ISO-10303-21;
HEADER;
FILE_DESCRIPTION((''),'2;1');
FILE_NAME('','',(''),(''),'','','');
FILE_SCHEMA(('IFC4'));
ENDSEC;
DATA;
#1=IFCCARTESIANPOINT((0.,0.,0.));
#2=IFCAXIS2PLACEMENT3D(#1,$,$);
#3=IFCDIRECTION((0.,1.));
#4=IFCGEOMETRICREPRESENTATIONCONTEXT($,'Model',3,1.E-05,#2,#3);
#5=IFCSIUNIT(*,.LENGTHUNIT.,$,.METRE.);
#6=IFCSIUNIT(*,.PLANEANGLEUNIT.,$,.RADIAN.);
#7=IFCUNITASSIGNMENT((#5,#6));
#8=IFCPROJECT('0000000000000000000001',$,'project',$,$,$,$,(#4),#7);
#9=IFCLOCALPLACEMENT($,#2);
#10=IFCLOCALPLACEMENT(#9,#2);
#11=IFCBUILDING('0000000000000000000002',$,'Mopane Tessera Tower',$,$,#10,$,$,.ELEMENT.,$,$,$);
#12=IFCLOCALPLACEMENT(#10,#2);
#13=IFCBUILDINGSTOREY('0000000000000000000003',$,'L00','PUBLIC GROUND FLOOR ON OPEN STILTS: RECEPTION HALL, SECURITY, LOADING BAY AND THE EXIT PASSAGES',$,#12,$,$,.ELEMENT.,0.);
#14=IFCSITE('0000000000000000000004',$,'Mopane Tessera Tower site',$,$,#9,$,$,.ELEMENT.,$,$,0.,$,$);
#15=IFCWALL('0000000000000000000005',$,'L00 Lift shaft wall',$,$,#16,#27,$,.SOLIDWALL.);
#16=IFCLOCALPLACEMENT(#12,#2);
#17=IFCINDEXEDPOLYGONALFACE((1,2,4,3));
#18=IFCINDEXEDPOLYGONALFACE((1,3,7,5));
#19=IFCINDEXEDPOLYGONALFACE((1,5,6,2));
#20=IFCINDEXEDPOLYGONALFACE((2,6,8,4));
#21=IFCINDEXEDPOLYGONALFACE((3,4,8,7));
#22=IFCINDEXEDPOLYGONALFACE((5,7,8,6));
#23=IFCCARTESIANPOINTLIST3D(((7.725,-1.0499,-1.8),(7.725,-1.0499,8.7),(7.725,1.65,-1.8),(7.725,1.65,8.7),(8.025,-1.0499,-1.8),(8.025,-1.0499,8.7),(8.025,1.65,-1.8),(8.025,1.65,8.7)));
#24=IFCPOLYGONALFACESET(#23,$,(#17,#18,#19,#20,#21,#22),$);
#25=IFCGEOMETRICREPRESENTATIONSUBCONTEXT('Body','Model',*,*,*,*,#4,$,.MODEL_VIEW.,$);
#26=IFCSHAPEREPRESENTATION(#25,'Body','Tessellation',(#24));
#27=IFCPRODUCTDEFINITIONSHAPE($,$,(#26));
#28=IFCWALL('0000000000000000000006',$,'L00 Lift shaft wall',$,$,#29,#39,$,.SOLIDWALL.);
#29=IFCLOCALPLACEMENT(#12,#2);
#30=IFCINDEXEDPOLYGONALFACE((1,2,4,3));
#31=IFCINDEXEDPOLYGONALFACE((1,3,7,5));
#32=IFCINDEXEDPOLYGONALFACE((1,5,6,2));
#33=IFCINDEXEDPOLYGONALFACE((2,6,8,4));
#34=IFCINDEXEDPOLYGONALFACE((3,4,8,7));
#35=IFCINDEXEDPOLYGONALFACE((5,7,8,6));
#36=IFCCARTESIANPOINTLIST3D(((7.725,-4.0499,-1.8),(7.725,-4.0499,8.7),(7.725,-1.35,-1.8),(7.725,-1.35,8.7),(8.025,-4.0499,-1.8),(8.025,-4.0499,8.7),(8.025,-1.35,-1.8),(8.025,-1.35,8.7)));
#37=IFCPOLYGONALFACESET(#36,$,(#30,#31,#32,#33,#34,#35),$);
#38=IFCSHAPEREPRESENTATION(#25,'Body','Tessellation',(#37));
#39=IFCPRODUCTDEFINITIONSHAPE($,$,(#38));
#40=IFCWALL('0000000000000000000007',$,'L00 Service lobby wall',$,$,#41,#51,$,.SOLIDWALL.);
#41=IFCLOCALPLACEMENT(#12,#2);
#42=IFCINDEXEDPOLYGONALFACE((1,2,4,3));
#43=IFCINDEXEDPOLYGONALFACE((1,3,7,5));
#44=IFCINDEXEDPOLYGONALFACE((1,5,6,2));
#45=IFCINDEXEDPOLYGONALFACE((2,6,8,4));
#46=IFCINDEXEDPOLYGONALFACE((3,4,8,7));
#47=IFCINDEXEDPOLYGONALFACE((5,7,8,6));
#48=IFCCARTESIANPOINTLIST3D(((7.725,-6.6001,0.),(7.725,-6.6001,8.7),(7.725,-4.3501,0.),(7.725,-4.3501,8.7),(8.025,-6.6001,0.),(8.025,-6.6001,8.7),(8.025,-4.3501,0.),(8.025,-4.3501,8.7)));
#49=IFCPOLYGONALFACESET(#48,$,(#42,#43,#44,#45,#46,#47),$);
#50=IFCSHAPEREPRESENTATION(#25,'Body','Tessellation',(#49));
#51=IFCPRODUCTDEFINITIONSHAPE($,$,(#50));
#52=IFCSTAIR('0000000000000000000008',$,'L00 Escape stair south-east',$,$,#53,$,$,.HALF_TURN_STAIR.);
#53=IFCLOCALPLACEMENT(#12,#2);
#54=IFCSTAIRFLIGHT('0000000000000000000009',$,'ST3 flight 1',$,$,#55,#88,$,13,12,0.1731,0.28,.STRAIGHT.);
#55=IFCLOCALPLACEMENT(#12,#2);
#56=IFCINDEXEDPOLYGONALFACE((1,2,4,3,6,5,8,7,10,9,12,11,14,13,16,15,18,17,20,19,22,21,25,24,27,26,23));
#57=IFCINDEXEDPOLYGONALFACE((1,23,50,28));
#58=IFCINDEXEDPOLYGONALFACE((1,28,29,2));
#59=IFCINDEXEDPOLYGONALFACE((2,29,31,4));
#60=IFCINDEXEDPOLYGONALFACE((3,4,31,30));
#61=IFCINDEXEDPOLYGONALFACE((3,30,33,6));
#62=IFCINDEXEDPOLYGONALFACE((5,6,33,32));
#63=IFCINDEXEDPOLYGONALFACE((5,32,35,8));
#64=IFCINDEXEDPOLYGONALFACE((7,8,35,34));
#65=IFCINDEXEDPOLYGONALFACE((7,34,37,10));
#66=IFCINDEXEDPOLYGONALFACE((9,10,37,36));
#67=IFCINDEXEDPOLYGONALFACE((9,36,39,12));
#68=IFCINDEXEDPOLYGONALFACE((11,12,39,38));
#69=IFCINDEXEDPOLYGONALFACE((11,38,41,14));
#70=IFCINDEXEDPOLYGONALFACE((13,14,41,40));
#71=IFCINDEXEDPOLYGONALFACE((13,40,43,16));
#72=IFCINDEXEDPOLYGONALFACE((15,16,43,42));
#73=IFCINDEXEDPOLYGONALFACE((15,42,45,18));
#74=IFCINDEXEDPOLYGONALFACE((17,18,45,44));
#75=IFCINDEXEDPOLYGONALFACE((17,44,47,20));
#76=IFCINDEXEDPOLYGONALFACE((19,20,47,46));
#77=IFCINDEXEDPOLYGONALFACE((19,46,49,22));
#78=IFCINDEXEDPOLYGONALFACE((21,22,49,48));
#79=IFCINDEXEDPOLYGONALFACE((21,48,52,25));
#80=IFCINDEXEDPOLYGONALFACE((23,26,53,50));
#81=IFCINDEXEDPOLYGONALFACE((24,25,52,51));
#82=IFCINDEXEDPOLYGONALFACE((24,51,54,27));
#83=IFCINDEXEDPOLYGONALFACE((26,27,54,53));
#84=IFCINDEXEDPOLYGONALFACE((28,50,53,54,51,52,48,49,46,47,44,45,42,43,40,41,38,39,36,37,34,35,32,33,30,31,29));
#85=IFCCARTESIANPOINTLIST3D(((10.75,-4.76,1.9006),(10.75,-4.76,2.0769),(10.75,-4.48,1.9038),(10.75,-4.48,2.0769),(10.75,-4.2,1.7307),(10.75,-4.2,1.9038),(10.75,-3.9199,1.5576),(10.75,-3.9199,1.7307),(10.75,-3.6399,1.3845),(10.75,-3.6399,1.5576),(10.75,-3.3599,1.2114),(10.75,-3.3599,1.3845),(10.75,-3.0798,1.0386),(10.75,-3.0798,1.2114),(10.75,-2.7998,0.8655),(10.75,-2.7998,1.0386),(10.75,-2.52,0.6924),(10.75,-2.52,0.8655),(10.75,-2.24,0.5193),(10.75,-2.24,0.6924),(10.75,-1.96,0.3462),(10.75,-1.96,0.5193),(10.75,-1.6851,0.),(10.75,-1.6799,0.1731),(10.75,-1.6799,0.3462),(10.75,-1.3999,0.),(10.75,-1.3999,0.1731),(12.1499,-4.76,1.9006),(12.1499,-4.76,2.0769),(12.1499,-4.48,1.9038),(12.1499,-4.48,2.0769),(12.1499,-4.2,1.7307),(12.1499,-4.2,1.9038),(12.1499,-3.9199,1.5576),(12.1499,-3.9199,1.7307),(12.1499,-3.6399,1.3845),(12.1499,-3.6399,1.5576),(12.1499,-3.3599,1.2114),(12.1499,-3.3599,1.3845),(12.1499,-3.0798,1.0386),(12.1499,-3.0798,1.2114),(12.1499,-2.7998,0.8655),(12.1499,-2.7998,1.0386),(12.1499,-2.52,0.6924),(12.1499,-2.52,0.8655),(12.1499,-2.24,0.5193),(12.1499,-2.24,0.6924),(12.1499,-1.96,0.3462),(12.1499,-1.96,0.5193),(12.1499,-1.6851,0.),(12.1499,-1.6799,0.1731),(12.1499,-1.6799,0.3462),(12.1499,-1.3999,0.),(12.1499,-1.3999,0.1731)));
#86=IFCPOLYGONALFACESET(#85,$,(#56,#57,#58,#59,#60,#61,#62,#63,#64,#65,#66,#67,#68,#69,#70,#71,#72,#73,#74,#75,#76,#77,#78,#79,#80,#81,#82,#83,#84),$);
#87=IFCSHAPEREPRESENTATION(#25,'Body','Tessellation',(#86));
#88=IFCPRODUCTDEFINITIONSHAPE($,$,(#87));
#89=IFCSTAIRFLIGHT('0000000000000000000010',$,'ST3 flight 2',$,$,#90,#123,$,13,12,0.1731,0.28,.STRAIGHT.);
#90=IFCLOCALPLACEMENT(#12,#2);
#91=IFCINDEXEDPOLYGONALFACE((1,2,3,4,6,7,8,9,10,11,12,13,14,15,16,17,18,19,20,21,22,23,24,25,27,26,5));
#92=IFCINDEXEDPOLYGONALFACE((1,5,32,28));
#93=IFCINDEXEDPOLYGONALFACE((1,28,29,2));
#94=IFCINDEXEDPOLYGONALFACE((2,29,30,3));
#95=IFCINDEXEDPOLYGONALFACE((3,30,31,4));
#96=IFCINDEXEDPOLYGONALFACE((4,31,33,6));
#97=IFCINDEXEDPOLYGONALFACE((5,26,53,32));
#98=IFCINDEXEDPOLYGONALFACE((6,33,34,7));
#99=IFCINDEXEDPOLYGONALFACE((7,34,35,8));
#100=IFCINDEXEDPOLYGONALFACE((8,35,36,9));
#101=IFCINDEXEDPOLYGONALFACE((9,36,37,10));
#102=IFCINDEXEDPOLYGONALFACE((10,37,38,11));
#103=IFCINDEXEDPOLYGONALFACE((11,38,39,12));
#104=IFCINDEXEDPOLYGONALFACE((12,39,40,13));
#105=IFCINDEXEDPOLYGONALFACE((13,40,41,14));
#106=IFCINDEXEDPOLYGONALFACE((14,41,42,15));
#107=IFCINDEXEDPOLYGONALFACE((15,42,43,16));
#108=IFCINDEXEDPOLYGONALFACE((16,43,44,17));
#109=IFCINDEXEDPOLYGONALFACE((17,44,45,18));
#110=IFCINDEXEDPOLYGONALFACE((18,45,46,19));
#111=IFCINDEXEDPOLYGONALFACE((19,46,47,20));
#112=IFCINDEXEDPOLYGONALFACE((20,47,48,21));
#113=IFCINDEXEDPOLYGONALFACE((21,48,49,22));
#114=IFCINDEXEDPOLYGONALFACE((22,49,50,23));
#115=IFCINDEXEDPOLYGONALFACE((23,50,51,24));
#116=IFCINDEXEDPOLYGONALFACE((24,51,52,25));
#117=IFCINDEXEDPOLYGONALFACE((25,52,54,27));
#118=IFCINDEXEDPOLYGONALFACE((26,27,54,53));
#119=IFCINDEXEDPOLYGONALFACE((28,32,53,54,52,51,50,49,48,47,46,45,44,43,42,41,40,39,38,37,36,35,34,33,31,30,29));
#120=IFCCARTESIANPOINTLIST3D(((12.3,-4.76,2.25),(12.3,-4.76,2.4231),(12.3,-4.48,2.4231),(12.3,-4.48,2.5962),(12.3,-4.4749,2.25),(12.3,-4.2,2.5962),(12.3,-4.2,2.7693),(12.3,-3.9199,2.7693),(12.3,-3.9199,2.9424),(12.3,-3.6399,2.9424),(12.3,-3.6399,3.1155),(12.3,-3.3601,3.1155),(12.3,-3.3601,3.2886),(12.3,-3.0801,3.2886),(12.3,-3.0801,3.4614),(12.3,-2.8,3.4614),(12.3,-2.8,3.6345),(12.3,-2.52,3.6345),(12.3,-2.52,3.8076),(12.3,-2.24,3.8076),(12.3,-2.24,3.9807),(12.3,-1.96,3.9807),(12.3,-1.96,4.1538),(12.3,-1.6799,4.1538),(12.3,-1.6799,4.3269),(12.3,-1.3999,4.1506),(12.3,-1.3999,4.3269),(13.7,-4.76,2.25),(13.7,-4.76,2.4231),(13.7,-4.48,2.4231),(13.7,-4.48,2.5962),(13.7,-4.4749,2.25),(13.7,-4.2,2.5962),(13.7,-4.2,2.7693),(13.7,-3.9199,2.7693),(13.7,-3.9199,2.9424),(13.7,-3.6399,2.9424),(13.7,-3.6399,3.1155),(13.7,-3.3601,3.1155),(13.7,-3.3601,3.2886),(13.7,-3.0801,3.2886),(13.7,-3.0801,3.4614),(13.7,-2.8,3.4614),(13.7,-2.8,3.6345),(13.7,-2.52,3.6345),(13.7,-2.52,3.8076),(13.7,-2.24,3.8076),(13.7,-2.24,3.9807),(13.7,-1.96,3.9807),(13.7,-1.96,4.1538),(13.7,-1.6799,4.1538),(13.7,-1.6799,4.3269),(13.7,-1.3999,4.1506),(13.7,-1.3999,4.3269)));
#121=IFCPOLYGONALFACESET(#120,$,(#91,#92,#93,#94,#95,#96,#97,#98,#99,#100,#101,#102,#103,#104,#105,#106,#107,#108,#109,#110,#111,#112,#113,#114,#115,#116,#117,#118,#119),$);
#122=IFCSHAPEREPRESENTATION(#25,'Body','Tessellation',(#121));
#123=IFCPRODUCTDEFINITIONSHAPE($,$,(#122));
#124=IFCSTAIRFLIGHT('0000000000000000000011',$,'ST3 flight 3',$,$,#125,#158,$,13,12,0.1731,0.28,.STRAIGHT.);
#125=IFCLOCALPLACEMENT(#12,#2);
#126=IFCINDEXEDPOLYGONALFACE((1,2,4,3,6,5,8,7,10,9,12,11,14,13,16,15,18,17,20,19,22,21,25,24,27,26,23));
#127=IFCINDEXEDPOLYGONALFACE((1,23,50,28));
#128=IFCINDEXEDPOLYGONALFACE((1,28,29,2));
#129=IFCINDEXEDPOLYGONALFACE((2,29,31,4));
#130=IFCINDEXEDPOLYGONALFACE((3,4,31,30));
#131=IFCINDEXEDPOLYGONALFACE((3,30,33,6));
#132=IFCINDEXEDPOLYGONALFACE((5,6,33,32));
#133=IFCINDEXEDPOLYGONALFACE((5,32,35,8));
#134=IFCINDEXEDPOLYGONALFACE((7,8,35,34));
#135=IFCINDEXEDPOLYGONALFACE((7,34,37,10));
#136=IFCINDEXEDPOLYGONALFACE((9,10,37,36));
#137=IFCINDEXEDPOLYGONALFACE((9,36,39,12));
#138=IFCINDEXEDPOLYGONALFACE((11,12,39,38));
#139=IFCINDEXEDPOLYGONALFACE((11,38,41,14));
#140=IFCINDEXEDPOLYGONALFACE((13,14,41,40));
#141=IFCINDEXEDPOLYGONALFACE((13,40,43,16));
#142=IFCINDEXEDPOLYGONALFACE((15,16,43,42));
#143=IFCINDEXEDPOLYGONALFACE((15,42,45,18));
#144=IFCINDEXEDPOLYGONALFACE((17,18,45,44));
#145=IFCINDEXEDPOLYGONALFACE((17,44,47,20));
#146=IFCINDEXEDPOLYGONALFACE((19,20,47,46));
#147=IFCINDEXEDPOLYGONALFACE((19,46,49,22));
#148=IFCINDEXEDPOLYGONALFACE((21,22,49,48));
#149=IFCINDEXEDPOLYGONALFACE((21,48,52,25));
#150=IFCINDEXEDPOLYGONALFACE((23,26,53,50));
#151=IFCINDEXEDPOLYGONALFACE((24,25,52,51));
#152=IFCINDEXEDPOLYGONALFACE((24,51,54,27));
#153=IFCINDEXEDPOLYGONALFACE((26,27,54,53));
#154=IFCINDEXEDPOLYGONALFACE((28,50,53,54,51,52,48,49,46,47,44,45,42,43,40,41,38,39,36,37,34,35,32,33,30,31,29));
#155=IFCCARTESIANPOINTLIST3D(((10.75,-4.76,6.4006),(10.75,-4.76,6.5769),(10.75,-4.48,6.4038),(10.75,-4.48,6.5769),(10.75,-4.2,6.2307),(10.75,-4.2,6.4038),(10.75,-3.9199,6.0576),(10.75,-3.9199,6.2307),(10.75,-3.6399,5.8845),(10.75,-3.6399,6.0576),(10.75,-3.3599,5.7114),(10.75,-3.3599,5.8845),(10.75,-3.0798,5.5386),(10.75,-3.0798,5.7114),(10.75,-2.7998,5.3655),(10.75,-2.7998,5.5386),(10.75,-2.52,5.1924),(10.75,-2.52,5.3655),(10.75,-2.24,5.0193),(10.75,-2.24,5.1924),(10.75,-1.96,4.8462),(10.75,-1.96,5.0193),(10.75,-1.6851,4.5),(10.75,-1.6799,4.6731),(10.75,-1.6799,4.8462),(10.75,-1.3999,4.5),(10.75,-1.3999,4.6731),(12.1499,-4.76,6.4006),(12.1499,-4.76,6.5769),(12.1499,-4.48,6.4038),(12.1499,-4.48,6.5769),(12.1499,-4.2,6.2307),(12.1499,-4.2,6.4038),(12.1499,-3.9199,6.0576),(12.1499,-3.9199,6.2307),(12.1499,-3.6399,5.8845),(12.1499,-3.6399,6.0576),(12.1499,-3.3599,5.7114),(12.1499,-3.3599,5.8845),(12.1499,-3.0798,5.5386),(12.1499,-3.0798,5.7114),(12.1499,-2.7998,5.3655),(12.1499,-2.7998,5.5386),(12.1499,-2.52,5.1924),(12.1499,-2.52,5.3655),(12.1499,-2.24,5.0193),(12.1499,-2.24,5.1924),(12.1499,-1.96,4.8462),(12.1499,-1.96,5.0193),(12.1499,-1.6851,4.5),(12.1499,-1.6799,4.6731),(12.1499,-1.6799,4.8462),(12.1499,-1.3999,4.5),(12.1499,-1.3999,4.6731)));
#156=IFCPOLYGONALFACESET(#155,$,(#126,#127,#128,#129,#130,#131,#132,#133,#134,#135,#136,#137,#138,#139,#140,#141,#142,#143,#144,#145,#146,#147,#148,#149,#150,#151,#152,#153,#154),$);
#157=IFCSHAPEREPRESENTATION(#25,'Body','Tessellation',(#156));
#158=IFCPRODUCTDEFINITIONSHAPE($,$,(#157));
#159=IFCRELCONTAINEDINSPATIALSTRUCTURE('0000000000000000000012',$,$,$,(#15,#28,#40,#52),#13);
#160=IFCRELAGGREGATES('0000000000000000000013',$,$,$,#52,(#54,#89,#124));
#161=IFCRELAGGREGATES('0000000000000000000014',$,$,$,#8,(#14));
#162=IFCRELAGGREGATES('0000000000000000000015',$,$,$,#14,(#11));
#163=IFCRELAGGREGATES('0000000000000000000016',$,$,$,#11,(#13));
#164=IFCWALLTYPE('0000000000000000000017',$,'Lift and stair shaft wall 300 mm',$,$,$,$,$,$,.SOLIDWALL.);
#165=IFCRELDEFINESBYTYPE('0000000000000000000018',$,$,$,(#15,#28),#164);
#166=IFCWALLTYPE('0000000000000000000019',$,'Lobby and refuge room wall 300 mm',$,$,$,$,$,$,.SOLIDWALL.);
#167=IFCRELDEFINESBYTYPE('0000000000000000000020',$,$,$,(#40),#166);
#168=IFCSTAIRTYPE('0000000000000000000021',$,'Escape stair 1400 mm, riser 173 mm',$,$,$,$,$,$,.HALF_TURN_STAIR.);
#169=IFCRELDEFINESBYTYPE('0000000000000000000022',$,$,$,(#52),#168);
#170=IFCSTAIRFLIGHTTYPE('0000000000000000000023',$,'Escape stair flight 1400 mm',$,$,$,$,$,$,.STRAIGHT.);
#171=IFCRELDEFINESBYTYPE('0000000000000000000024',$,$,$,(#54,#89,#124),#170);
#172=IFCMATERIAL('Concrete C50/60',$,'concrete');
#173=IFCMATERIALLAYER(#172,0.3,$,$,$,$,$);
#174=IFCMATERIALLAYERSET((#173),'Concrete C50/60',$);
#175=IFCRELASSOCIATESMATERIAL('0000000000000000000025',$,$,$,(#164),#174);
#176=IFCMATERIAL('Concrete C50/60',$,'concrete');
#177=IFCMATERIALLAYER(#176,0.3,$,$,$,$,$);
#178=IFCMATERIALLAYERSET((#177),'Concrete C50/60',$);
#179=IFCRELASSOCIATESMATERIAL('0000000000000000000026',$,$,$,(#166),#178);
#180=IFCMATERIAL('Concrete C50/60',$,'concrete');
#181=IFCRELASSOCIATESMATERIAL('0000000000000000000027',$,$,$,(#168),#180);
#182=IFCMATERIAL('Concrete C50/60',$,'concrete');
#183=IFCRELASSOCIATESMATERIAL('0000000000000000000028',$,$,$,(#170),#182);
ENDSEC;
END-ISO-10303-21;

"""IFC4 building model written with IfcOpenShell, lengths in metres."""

from ifc_helpers import new_model, si_unit, direction, frame, frame_2d, origin, place, context, subcontext, project, spatial, polyline, rectangle, outline, extrude, material, layer, layer_set, type_object, element, aggregate, save


model = new_model("IFC4")

# Units and contexts
model_context = context("Model", 3, precision=1e-05, world=origin(), true_north=direction((0.0, 1.0)))
body_context = subcontext(model_context, "Body", "Model", "MODEL_VIEW")
ifc_project = project(units=[si_unit("LENGTHUNIT", "METRE"), si_unit("PLANEANGLEUNIT", "RADIAN")], contexts=[model_context])

# Site, building, storey
site_placement = place(None, origin())
site = spatial("IfcSite", under=ifc_project, at=site_placement, Name="Mopane Tessera Tower site", CompositionType="ELEMENT", RefElevation=0.0)
building_placement = place(site_placement, origin())
building = spatial("IfcBuilding", under=site, at=building_placement, Name="Mopane Tessera Tower", CompositionType="ELEMENT")
storey_placement = place(building_placement, origin())
storey = spatial("IfcBuildingStorey", under=building, at=storey_placement, Name="L00", Description="PUBLIC GROUND FLOOR ON OPEN STILTS: RECEPTION HALL, SECURITY, LOADING BAY AND THE EXIT PASSAGES", CompositionType="ELEMENT", Elevation=0.0)

# Walls
ifc_material_1 = material(Name="Concrete C50/60", Category="concrete")
ifc_layer_1 = layer(ifc_material_1, 0.3)
ifc_layer_set_1 = layer_set([ifc_layer_1], Name="Concrete C50/60")
wall_type_1 = type_object("IfcWallType", Name="Lift and stair shaft wall 300 mm", PredefinedType="SOLIDWALL", material=ifc_layer_set_1)
for number, where, z_axis, x_axis, name in (
    (1, (7.875, -1.05, -1.8), (0.0, 0.0, 1.0), (0.0, 1.0, 0.0), "L00 Lift shaft wall"),
    (2, (7.875, -4.05, -1.8), (0.0, 0.0, 1.0), (0.0, 1.0, 0.0), "L00 Lift shaft wall"),
):
    element("IfcWall", number, at=place(storey_placement, frame(where, z_axis=z_axis, x_axis=x_axis)), inside=storey, type_object=wall_type_1, Name=name, PredefinedType="SOLIDWALL", context=body_context, shape_type="SweptSolid", body=[
        extrude(rectangle(XDim=2.7, YDim=0.3, at=frame_2d((1.3501, 0.0))), origin(), (0.0, 0.0, 1.0), 10.5),
    ])
ifc_material_2 = material(Name="Concrete C50/60", Category="concrete")
ifc_layer_2 = layer(ifc_material_2, 0.3)
ifc_layer_set_2 = layer_set([ifc_layer_2], Name="Concrete C50/60")
wall_type_2 = type_object("IfcWallType", Name="Lobby and refuge room wall 300 mm", PredefinedType="SOLIDWALL", material=ifc_layer_set_2)
wall_1_placement = place(storey_placement, frame((7.875, -6.6001, 0.0), z_axis=(0.0, 0.0, 1.0), x_axis=(0.0, 1.0, 0.0)))
element("IfcWall", 3, at=wall_1_placement, inside=storey, type_object=wall_type_2, Name="L00 Service lobby wall", PredefinedType="SOLIDWALL", context=body_context, shape_type="SweptSolid", body=[
    extrude(rectangle(XDim=2.25, YDim=0.3, at=frame_2d((1.125, 0.0))), origin(), (0.0, 0.0, 1.0), 8.7),
])

# Stair, stair flights
ifc_material_3 = material(Name="Concrete C50/60", Category="concrete")
stair_type = type_object("IfcStairType", Name="Escape stair 1400 mm, riser 173 mm", PredefinedType="HALF_TURN_STAIR", material=ifc_material_3)
stair_placement = place(storey_placement, origin())
stair = element("IfcStair", 4, at=stair_placement, inside=storey, type_object=stair_type, Name="L00 Escape stair south-east", PredefinedType="HALF_TURN_STAIR")
ifc_material_4 = material(Name="Concrete C50/60", Category="concrete")
stair_flight_type = type_object("IfcStairFlightType", Name="Escape stair flight 1400 mm", PredefinedType="STRAIGHT", material=ifc_material_4)
stair_flight_1_placement = place(storey_placement, frame((11.45, -1.3999, 0.0), z_axis=(0.0, 0.0, 1.0), x_axis=(0.0, -1.0, 0.0)))
stair_flight_1 = element("IfcStairFlight", 5, at=stair_flight_1_placement, type_object=stair_flight_type, Name="ST3 flight 1", NumberOfRisers=13, NumberOfTreads=12, PredefinedType="STRAIGHT", RiserHeight=0.1731, TreadLength=0.28, context=body_context, shape_type="SweptSolid", body=[
    extrude(outline(polyline([(0.0, 0.0), (0.0, 0.1731), (0.28, 0.1731), (0.28, 0.3462), (0.5601, 0.3462), (0.5601, 0.5193), (0.8401, 0.5193), (0.8401, 0.6924), (1.1201, 0.6924), (1.1201, 0.8655), (1.3999, 0.8655), (1.3999, 1.0386), (1.6799, 1.0386), (1.6799, 1.2114), (1.96, 1.2114), (1.96, 1.3845), (2.24, 1.3845), (2.24, 1.5576), (2.52, 1.5576), (2.52, 1.7307), (2.8, 1.7307), (2.8, 1.9038), (3.0801, 1.9038), (3.0801, 2.0769), (3.3601, 2.0769), (3.3601, 2.25), (3.3601, 1.9006), (0.2852, 0.0), (0.0, 0.0)])), frame((0.0, 0.7, 0.0), z_axis=(0.0, -1.0, 0.0), x_axis=(1.0, 0.0, 0.0)), (0.0, 0.0, 1.0), 1.3999),
])
stair_flight_2_placement = place(storey_placement, frame((13.0, -4.76, 2.25), z_axis=(0.0, 0.0, 1.0), x_axis=(0.0, 1.0, 0.0)))
stair_flight_2 = element("IfcStairFlight", 6, at=stair_flight_2_placement, type_object=stair_flight_type, Name="ST3 flight 2", NumberOfRisers=13, NumberOfTreads=12, PredefinedType="STRAIGHT", RiserHeight=0.1731, TreadLength=0.28, context=body_context, shape_type="SweptSolid", body=[
    extrude(outline(polyline([(0.0, 0.0), (0.0, 0.1731), (0.28, 0.1731), (0.28, 0.3462), (0.5601, 0.3462), (0.5601, 0.5193), (0.8401, 0.5193), (0.8401, 0.6924), (1.1201, 0.6924), (1.1201, 0.8655), (1.3999, 0.8655), (1.3999, 1.0386), (1.6799, 1.0386), (1.6799, 1.2114), (1.96, 1.2114), (1.96, 1.3845), (2.24, 1.3845), (2.24, 1.5576), (2.52, 1.5576), (2.52, 1.7307), (2.8, 1.7307), (2.8, 1.9038), (3.0801, 1.9038), (3.0801, 2.0769), (3.3601, 2.0769), (3.3601, 2.25), (3.3601, 1.9006), (0.2852, 0.0), (0.0, 0.0)])), frame((0.0, 0.7, 0.0), z_axis=(0.0, -1.0, 0.0), x_axis=(1.0, 0.0, 0.0)), (0.0, 0.0, 1.0), 1.3999),
])
stair_flight_3_placement = place(storey_placement, frame((11.45, -1.3999, 4.5), z_axis=(0.0, 0.0, 1.0), x_axis=(0.0, -1.0, 0.0)))
stair_flight_3 = element("IfcStairFlight", 7, at=stair_flight_3_placement, type_object=stair_flight_type, Name="ST3 flight 3", NumberOfRisers=13, NumberOfTreads=12, PredefinedType="STRAIGHT", RiserHeight=0.1731, TreadLength=0.28, context=body_context, shape_type="SweptSolid", body=[
    extrude(outline(polyline([(0.0, 0.0), (0.0, 0.1731), (0.28, 0.1731), (0.28, 0.3462), (0.5601, 0.3462), (0.5601, 0.5193), (0.8401, 0.5193), (0.8401, 0.6924), (1.1201, 0.6924), (1.1201, 0.8655), (1.3999, 0.8655), (1.3999, 1.0386), (1.6799, 1.0386), (1.6799, 1.2114), (1.96, 1.2114), (1.96, 1.3845), (2.24, 1.3845), (2.24, 1.5576), (2.52, 1.5576), (2.52, 1.7307), (2.8, 1.7307), (2.8, 1.9038), (3.0801, 1.9038), (3.0801, 2.0769), (3.3601, 2.0769), (3.3601, 2.25), (3.3601, 1.9006), (0.2852, 0.0), (0.0, 0.0)])), frame((0.0, 0.7, 0.0), z_axis=(0.0, -1.0, 0.0), x_axis=(1.0, 0.0, 0.0)), (0.0, 0.0, 1.0), 1.3999),
])
aggregate(stair, [stair_flight_1, stair_flight_2, stair_flight_3])

save(model, "model.ifc")
